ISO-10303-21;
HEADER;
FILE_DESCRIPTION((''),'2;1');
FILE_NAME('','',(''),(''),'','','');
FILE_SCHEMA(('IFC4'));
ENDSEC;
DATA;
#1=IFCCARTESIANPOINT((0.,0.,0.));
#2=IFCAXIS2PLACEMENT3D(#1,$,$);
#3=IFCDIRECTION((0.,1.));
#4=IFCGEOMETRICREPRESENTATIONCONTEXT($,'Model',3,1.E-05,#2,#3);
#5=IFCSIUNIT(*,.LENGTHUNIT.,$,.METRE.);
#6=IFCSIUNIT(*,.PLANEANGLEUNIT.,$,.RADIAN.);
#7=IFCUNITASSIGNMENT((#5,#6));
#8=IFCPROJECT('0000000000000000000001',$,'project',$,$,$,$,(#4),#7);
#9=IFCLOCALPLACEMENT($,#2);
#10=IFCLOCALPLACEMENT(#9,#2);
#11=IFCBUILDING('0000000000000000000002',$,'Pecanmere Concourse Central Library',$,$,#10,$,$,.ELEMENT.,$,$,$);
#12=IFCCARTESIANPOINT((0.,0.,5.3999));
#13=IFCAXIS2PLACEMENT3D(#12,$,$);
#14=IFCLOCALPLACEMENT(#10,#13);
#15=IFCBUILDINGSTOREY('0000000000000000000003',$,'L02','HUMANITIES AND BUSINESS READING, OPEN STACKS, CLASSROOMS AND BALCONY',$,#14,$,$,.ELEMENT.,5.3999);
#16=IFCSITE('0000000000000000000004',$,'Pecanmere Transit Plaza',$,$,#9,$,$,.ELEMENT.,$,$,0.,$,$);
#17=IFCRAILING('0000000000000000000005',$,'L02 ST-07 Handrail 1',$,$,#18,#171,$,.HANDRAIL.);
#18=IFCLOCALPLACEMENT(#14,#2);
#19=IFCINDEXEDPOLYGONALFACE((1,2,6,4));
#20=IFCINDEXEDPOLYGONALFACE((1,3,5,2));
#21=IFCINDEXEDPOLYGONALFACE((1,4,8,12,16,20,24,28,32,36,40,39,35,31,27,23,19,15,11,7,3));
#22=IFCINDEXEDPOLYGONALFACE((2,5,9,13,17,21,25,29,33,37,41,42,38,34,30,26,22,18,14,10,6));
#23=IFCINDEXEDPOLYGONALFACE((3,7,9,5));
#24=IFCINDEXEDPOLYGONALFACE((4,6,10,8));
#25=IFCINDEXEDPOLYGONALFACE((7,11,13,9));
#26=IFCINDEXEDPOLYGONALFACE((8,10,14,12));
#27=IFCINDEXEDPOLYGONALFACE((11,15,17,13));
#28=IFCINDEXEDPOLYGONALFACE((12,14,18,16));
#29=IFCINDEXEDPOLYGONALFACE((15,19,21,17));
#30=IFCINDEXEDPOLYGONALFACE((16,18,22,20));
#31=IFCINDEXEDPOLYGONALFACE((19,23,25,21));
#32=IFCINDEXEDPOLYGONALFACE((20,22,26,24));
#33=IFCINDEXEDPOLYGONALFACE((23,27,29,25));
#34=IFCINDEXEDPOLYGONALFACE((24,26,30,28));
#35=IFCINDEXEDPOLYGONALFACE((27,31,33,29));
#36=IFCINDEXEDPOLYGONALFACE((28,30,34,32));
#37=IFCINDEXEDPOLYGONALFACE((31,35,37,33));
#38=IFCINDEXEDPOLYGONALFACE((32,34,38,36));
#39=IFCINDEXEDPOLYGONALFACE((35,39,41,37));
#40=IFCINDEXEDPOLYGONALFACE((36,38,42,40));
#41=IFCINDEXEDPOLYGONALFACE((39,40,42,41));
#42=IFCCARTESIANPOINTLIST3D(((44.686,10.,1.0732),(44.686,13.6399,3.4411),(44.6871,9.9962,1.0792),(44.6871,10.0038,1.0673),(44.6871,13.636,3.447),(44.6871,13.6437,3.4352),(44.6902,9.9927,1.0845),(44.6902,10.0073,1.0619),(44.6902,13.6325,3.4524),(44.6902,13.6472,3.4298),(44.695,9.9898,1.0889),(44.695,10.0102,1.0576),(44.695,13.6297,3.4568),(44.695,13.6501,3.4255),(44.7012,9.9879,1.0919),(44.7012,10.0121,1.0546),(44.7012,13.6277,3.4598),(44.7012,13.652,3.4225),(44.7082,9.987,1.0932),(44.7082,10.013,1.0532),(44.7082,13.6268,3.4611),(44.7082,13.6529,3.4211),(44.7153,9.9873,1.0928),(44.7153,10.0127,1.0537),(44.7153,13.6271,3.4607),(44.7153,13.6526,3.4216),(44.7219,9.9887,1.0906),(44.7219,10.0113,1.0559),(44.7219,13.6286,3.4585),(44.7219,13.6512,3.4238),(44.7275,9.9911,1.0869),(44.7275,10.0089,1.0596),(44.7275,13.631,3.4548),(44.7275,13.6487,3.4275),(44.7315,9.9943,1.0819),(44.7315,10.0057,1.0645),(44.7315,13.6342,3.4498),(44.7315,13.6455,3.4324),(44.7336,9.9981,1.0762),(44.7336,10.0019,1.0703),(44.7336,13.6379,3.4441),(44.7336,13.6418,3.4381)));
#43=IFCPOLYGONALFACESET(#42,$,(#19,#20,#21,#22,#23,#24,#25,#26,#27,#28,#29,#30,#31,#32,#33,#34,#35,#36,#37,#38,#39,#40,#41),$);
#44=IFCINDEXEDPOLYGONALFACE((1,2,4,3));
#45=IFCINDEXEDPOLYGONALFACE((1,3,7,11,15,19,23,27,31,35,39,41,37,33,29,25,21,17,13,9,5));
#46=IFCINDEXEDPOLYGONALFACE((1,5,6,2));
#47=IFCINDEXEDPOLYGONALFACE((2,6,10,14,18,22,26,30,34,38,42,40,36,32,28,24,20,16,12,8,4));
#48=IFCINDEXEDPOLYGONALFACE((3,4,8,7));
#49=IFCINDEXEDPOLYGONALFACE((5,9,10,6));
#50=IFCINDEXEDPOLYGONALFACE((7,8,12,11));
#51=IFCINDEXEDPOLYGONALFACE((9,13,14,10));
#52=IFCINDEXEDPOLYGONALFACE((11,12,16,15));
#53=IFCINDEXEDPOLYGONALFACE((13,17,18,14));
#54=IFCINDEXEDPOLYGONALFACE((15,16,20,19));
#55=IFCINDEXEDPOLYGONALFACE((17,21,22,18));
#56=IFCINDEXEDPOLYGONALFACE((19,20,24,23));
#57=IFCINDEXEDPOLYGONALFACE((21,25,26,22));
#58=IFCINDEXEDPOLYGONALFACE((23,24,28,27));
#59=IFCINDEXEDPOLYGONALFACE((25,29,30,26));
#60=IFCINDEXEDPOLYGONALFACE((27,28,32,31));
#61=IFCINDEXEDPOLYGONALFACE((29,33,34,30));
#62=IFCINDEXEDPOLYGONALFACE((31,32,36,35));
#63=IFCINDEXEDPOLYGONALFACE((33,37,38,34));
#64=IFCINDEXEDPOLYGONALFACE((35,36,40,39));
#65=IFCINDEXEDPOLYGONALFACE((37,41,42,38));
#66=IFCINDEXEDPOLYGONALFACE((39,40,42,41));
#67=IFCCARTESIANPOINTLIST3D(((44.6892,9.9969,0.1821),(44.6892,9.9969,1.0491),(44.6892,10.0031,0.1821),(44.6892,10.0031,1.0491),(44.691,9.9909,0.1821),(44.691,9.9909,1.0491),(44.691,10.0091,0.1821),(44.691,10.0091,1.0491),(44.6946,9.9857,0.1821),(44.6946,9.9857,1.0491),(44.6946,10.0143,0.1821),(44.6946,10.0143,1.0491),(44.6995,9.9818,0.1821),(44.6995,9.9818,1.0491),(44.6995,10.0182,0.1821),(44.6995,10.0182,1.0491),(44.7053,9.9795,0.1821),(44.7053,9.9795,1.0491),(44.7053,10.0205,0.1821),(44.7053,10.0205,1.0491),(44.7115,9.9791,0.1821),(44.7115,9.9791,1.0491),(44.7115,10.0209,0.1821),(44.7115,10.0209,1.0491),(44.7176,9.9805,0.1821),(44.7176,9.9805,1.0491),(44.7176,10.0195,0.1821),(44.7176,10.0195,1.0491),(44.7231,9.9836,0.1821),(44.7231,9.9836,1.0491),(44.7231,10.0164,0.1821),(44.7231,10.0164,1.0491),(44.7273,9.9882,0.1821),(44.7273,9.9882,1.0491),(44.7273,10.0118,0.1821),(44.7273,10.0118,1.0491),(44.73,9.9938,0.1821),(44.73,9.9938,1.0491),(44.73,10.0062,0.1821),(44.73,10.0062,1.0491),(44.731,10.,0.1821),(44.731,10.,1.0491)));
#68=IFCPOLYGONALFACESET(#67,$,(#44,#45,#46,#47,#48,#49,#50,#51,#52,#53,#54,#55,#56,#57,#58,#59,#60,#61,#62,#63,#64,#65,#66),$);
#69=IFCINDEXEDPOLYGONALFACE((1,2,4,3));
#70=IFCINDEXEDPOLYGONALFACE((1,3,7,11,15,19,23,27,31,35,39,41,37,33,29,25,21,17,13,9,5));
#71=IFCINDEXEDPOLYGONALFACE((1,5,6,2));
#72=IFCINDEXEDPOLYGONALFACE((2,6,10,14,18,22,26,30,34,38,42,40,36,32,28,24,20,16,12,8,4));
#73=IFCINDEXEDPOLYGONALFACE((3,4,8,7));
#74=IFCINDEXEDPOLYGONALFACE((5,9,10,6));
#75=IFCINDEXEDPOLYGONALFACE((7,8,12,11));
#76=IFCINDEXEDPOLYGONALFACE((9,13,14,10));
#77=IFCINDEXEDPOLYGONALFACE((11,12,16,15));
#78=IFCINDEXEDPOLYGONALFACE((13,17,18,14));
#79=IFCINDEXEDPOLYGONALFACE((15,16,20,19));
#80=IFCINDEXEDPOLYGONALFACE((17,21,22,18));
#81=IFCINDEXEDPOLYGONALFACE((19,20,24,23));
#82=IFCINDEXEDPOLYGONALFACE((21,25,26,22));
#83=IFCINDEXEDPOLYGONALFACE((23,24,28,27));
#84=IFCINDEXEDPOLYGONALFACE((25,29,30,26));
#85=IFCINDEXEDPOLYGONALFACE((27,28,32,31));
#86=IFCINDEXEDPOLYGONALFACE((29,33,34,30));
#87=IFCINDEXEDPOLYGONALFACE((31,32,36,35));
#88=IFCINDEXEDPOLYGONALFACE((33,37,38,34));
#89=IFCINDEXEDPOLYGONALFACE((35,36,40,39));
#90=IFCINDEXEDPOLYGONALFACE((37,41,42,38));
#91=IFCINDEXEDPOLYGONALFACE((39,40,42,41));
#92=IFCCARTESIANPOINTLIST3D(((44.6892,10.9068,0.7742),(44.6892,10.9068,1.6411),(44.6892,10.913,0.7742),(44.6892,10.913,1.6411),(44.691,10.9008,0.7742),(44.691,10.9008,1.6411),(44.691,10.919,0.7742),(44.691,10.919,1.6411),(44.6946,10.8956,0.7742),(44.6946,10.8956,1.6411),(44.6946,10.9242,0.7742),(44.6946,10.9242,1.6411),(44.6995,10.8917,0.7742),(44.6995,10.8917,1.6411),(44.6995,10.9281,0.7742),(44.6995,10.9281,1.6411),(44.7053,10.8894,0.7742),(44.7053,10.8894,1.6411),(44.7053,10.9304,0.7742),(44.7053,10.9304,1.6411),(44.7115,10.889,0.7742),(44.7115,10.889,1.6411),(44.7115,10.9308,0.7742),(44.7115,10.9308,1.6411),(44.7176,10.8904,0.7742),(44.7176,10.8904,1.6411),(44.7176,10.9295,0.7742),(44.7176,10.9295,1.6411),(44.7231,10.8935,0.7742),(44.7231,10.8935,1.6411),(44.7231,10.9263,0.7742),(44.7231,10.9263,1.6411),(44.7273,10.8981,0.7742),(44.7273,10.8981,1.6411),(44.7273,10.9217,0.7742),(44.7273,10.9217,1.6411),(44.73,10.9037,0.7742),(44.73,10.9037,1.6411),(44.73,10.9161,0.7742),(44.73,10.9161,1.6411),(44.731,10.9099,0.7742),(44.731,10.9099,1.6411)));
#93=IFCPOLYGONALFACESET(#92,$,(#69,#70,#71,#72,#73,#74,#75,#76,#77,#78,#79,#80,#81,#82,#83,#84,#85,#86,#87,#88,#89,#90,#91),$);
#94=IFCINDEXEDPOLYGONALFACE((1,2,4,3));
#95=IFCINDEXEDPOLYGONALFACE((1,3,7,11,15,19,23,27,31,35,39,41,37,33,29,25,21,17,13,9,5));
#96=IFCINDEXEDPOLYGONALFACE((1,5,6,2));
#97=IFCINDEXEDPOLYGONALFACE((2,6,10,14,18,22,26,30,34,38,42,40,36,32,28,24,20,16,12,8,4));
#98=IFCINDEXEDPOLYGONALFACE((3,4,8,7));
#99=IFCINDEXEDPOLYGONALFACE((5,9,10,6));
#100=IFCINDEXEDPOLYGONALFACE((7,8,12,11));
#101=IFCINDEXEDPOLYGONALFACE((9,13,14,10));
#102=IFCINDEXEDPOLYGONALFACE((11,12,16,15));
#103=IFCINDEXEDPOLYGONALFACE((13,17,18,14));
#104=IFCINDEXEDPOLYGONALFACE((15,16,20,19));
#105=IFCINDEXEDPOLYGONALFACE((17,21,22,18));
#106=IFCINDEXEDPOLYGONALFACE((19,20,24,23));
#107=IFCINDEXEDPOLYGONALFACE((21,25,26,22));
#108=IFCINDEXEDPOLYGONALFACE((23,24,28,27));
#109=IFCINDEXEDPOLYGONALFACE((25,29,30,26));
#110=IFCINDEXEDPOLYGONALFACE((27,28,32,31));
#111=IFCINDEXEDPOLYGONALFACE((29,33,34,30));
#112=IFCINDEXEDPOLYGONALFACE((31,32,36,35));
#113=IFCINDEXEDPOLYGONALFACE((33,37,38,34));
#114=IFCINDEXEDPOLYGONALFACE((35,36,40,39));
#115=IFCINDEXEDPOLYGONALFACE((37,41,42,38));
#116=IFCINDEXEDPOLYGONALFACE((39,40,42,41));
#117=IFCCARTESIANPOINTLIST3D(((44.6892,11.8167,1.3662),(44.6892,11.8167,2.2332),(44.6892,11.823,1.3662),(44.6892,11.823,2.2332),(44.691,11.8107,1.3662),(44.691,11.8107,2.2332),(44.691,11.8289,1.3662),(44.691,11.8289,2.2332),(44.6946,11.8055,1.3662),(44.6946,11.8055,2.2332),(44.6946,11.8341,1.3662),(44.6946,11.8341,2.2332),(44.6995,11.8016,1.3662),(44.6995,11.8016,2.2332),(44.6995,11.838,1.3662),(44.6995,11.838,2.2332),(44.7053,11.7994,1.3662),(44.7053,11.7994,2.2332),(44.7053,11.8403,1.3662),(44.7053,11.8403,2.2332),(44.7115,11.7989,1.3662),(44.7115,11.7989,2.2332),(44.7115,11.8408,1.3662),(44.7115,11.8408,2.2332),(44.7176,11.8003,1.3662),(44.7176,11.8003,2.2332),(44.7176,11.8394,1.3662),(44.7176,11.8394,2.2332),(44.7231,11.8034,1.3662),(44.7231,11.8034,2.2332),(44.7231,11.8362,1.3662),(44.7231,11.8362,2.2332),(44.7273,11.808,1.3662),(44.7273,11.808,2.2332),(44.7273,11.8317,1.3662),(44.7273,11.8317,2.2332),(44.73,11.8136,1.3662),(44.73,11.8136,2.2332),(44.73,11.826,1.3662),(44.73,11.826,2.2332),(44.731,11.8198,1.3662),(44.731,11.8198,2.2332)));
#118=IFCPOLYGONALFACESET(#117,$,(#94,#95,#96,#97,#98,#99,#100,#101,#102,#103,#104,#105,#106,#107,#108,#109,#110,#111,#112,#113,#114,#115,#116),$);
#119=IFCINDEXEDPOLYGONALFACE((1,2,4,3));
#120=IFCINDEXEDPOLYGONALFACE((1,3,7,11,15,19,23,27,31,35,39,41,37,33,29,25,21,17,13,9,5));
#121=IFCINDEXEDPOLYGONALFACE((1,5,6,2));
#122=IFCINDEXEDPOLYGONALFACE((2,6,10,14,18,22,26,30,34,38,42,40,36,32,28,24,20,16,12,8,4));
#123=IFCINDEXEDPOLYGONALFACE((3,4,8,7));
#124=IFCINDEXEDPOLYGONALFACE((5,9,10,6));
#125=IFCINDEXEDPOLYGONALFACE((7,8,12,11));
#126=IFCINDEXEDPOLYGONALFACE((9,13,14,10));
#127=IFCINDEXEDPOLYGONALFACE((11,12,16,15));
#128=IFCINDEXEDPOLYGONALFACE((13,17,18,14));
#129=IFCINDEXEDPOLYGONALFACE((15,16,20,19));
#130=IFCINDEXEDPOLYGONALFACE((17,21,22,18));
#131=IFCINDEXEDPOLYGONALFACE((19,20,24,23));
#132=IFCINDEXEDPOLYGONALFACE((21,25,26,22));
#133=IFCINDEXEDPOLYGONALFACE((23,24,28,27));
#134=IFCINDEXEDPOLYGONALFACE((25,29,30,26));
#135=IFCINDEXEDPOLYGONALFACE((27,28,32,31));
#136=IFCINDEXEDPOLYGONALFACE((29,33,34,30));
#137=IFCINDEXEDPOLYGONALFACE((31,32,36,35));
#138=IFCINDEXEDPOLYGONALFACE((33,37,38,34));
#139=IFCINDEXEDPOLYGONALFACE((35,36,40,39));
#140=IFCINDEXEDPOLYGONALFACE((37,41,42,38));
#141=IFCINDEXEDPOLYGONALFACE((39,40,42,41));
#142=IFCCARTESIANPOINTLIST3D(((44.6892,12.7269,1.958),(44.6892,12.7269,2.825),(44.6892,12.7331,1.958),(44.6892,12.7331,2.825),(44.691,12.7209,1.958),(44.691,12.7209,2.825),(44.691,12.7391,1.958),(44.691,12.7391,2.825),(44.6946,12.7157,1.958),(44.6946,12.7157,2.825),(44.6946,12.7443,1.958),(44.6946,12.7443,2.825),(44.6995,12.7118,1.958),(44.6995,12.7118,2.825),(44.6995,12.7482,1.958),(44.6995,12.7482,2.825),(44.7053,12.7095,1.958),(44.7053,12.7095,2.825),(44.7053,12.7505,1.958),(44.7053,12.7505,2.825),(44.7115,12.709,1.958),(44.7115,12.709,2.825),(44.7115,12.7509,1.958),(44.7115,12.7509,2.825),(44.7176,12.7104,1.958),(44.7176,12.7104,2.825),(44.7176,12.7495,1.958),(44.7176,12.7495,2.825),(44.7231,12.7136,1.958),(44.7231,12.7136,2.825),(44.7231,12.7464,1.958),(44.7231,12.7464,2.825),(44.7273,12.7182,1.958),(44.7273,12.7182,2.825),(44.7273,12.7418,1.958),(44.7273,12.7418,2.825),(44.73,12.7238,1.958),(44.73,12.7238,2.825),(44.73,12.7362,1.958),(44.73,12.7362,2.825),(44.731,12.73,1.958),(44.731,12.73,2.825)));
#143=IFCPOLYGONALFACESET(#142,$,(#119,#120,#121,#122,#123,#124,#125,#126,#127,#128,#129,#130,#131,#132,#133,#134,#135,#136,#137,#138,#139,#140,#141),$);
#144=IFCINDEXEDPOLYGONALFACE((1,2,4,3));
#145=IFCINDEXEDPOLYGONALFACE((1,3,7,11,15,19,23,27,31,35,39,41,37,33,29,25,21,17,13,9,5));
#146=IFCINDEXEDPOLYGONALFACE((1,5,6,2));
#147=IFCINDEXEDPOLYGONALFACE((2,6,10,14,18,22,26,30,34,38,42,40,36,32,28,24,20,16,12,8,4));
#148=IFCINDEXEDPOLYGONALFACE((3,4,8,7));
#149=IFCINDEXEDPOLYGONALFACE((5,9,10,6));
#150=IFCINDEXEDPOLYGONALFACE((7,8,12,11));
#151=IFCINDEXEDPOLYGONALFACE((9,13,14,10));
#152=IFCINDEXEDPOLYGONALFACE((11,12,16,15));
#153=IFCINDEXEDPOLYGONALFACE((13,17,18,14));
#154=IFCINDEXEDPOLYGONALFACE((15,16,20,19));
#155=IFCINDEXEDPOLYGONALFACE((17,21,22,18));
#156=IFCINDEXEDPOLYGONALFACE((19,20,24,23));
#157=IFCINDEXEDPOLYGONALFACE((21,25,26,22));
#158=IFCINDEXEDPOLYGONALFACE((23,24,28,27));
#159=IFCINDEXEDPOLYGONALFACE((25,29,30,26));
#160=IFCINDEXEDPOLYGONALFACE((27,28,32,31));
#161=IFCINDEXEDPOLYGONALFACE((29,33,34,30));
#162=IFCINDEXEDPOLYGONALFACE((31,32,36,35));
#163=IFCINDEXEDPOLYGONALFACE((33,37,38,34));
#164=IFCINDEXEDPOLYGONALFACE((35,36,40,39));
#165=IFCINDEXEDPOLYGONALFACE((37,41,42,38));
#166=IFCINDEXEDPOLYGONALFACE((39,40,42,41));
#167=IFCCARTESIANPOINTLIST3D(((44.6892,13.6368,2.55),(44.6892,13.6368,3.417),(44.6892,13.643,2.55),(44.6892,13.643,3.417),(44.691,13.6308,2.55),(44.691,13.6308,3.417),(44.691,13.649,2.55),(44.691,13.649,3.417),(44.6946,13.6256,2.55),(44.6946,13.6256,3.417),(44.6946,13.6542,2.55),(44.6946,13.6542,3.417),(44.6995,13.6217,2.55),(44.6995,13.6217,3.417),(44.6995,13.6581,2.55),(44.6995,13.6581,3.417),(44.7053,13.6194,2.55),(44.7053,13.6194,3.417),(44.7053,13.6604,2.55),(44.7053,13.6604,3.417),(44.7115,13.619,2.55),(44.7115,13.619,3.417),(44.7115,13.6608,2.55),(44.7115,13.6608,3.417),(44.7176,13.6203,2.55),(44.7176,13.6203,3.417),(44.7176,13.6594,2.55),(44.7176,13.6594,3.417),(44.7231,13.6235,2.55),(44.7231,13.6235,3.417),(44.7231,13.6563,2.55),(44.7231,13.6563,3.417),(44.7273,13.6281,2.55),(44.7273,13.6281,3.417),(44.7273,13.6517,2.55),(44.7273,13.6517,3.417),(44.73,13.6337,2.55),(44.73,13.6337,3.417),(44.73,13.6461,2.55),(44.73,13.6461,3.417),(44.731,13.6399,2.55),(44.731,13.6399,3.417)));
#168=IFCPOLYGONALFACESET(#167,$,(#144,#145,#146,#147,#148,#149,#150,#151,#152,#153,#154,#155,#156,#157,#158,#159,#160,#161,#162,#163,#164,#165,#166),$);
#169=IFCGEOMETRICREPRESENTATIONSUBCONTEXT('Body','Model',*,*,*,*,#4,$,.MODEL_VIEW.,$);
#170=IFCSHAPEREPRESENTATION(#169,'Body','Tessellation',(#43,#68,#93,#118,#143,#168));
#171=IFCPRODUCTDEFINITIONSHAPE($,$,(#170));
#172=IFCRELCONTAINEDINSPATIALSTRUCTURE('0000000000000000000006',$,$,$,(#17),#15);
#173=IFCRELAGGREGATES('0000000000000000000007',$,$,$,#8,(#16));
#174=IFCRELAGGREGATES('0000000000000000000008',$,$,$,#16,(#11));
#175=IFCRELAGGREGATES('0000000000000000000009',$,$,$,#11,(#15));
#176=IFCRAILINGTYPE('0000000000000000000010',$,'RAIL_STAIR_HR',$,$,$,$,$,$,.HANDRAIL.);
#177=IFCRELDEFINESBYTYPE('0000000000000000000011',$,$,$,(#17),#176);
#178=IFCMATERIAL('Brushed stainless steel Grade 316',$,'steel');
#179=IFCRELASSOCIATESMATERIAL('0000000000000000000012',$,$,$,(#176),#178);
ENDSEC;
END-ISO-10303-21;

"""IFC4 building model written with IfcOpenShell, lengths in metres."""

from ifc_helpers import new_model, si_unit, direction, frame, origin, origin_2d, place, context, subcontext, project, spatial, circle, extrude, material, type_object, element, save


model = new_model("IFC4")

# Units and contexts
model_context = context("Model", 3, precision=1e-05, world=origin(), true_north=direction((0.0, 1.0)))
body_context = subcontext(model_context, "Body", "Model", "MODEL_VIEW")
ifc_project = project(units=[si_unit("LENGTHUNIT", "METRE"), si_unit("PLANEANGLEUNIT", "RADIAN")], contexts=[model_context])

# Site, building, storey
site_placement = place(None, origin())
site = spatial("IfcSite", under=ifc_project, at=site_placement, Name="Pecanmere Transit Plaza", CompositionType="ELEMENT", RefElevation=0.0)
building_placement = place(site_placement, origin())
building = spatial("IfcBuilding", under=site, at=building_placement, Name="Pecanmere Concourse Central Library", CompositionType="ELEMENT")
storey_placement = place(building_placement, frame((0.0, 0.0, 5.3999)))
storey = spatial("IfcBuildingStorey", under=building, at=storey_placement, Name="L02", Description="HUMANITIES AND BUSINESS READING, OPEN STACKS, CLASSROOMS AND BALCONY", CompositionType="ELEMENT", Elevation=5.3999)

# Railing
ifc_material_1 = material(Name="Brushed stainless steel Grade 316", Category="steel")
railing_type_1 = type_object("IfcRailingType", Name="RAIL_STAIR_HR", PredefinedType="HANDRAIL", material=ifc_material_1)
railing_1_placement = place(storey_placement, frame((44.71, 10.0, 0.1821)))
element("IfcRailing", 1, at=railing_1_placement, inside=storey, type_object=railing_type_1, Name="L02 ST-07 Handrail 1", PredefinedType="HANDRAIL", context=body_context, shape_type="SweptSolid", body=[
    extrude(circle(Radius=0.0239, at=origin_2d()), frame((0.0, 0.0, 0.8911), z_axis=(0.0, 0.838234, 0.54531), x_axis=(-1.0, 0.0, 0.0)), (0.0, 0.0, 1.0), 4.3423),
    extrude(circle(Radius=0.021, at=origin_2d()), origin(), (0.0, 0.0, 1.0), 0.8669),
    extrude(circle(Radius=0.021, at=origin_2d()), frame((0.0, 0.9099, 0.592)), (0.0, 0.0, 1.0), 0.8669),
    extrude(circle(Radius=0.021, at=origin_2d()), frame((0.0, 1.8198, 1.1841)), (0.0, 0.0, 1.0), 0.8669),
    extrude(circle(Radius=0.021, at=origin_2d()), frame((0.0, 2.73, 1.7759)), (0.0, 0.0, 1.0), 0.8669),
    extrude(circle(Radius=0.021, at=origin_2d()), frame((0.0, 3.6399, 2.3679)), (0.0, 0.0, 1.0), 0.8669),
])

save(model, "model.ifc")
